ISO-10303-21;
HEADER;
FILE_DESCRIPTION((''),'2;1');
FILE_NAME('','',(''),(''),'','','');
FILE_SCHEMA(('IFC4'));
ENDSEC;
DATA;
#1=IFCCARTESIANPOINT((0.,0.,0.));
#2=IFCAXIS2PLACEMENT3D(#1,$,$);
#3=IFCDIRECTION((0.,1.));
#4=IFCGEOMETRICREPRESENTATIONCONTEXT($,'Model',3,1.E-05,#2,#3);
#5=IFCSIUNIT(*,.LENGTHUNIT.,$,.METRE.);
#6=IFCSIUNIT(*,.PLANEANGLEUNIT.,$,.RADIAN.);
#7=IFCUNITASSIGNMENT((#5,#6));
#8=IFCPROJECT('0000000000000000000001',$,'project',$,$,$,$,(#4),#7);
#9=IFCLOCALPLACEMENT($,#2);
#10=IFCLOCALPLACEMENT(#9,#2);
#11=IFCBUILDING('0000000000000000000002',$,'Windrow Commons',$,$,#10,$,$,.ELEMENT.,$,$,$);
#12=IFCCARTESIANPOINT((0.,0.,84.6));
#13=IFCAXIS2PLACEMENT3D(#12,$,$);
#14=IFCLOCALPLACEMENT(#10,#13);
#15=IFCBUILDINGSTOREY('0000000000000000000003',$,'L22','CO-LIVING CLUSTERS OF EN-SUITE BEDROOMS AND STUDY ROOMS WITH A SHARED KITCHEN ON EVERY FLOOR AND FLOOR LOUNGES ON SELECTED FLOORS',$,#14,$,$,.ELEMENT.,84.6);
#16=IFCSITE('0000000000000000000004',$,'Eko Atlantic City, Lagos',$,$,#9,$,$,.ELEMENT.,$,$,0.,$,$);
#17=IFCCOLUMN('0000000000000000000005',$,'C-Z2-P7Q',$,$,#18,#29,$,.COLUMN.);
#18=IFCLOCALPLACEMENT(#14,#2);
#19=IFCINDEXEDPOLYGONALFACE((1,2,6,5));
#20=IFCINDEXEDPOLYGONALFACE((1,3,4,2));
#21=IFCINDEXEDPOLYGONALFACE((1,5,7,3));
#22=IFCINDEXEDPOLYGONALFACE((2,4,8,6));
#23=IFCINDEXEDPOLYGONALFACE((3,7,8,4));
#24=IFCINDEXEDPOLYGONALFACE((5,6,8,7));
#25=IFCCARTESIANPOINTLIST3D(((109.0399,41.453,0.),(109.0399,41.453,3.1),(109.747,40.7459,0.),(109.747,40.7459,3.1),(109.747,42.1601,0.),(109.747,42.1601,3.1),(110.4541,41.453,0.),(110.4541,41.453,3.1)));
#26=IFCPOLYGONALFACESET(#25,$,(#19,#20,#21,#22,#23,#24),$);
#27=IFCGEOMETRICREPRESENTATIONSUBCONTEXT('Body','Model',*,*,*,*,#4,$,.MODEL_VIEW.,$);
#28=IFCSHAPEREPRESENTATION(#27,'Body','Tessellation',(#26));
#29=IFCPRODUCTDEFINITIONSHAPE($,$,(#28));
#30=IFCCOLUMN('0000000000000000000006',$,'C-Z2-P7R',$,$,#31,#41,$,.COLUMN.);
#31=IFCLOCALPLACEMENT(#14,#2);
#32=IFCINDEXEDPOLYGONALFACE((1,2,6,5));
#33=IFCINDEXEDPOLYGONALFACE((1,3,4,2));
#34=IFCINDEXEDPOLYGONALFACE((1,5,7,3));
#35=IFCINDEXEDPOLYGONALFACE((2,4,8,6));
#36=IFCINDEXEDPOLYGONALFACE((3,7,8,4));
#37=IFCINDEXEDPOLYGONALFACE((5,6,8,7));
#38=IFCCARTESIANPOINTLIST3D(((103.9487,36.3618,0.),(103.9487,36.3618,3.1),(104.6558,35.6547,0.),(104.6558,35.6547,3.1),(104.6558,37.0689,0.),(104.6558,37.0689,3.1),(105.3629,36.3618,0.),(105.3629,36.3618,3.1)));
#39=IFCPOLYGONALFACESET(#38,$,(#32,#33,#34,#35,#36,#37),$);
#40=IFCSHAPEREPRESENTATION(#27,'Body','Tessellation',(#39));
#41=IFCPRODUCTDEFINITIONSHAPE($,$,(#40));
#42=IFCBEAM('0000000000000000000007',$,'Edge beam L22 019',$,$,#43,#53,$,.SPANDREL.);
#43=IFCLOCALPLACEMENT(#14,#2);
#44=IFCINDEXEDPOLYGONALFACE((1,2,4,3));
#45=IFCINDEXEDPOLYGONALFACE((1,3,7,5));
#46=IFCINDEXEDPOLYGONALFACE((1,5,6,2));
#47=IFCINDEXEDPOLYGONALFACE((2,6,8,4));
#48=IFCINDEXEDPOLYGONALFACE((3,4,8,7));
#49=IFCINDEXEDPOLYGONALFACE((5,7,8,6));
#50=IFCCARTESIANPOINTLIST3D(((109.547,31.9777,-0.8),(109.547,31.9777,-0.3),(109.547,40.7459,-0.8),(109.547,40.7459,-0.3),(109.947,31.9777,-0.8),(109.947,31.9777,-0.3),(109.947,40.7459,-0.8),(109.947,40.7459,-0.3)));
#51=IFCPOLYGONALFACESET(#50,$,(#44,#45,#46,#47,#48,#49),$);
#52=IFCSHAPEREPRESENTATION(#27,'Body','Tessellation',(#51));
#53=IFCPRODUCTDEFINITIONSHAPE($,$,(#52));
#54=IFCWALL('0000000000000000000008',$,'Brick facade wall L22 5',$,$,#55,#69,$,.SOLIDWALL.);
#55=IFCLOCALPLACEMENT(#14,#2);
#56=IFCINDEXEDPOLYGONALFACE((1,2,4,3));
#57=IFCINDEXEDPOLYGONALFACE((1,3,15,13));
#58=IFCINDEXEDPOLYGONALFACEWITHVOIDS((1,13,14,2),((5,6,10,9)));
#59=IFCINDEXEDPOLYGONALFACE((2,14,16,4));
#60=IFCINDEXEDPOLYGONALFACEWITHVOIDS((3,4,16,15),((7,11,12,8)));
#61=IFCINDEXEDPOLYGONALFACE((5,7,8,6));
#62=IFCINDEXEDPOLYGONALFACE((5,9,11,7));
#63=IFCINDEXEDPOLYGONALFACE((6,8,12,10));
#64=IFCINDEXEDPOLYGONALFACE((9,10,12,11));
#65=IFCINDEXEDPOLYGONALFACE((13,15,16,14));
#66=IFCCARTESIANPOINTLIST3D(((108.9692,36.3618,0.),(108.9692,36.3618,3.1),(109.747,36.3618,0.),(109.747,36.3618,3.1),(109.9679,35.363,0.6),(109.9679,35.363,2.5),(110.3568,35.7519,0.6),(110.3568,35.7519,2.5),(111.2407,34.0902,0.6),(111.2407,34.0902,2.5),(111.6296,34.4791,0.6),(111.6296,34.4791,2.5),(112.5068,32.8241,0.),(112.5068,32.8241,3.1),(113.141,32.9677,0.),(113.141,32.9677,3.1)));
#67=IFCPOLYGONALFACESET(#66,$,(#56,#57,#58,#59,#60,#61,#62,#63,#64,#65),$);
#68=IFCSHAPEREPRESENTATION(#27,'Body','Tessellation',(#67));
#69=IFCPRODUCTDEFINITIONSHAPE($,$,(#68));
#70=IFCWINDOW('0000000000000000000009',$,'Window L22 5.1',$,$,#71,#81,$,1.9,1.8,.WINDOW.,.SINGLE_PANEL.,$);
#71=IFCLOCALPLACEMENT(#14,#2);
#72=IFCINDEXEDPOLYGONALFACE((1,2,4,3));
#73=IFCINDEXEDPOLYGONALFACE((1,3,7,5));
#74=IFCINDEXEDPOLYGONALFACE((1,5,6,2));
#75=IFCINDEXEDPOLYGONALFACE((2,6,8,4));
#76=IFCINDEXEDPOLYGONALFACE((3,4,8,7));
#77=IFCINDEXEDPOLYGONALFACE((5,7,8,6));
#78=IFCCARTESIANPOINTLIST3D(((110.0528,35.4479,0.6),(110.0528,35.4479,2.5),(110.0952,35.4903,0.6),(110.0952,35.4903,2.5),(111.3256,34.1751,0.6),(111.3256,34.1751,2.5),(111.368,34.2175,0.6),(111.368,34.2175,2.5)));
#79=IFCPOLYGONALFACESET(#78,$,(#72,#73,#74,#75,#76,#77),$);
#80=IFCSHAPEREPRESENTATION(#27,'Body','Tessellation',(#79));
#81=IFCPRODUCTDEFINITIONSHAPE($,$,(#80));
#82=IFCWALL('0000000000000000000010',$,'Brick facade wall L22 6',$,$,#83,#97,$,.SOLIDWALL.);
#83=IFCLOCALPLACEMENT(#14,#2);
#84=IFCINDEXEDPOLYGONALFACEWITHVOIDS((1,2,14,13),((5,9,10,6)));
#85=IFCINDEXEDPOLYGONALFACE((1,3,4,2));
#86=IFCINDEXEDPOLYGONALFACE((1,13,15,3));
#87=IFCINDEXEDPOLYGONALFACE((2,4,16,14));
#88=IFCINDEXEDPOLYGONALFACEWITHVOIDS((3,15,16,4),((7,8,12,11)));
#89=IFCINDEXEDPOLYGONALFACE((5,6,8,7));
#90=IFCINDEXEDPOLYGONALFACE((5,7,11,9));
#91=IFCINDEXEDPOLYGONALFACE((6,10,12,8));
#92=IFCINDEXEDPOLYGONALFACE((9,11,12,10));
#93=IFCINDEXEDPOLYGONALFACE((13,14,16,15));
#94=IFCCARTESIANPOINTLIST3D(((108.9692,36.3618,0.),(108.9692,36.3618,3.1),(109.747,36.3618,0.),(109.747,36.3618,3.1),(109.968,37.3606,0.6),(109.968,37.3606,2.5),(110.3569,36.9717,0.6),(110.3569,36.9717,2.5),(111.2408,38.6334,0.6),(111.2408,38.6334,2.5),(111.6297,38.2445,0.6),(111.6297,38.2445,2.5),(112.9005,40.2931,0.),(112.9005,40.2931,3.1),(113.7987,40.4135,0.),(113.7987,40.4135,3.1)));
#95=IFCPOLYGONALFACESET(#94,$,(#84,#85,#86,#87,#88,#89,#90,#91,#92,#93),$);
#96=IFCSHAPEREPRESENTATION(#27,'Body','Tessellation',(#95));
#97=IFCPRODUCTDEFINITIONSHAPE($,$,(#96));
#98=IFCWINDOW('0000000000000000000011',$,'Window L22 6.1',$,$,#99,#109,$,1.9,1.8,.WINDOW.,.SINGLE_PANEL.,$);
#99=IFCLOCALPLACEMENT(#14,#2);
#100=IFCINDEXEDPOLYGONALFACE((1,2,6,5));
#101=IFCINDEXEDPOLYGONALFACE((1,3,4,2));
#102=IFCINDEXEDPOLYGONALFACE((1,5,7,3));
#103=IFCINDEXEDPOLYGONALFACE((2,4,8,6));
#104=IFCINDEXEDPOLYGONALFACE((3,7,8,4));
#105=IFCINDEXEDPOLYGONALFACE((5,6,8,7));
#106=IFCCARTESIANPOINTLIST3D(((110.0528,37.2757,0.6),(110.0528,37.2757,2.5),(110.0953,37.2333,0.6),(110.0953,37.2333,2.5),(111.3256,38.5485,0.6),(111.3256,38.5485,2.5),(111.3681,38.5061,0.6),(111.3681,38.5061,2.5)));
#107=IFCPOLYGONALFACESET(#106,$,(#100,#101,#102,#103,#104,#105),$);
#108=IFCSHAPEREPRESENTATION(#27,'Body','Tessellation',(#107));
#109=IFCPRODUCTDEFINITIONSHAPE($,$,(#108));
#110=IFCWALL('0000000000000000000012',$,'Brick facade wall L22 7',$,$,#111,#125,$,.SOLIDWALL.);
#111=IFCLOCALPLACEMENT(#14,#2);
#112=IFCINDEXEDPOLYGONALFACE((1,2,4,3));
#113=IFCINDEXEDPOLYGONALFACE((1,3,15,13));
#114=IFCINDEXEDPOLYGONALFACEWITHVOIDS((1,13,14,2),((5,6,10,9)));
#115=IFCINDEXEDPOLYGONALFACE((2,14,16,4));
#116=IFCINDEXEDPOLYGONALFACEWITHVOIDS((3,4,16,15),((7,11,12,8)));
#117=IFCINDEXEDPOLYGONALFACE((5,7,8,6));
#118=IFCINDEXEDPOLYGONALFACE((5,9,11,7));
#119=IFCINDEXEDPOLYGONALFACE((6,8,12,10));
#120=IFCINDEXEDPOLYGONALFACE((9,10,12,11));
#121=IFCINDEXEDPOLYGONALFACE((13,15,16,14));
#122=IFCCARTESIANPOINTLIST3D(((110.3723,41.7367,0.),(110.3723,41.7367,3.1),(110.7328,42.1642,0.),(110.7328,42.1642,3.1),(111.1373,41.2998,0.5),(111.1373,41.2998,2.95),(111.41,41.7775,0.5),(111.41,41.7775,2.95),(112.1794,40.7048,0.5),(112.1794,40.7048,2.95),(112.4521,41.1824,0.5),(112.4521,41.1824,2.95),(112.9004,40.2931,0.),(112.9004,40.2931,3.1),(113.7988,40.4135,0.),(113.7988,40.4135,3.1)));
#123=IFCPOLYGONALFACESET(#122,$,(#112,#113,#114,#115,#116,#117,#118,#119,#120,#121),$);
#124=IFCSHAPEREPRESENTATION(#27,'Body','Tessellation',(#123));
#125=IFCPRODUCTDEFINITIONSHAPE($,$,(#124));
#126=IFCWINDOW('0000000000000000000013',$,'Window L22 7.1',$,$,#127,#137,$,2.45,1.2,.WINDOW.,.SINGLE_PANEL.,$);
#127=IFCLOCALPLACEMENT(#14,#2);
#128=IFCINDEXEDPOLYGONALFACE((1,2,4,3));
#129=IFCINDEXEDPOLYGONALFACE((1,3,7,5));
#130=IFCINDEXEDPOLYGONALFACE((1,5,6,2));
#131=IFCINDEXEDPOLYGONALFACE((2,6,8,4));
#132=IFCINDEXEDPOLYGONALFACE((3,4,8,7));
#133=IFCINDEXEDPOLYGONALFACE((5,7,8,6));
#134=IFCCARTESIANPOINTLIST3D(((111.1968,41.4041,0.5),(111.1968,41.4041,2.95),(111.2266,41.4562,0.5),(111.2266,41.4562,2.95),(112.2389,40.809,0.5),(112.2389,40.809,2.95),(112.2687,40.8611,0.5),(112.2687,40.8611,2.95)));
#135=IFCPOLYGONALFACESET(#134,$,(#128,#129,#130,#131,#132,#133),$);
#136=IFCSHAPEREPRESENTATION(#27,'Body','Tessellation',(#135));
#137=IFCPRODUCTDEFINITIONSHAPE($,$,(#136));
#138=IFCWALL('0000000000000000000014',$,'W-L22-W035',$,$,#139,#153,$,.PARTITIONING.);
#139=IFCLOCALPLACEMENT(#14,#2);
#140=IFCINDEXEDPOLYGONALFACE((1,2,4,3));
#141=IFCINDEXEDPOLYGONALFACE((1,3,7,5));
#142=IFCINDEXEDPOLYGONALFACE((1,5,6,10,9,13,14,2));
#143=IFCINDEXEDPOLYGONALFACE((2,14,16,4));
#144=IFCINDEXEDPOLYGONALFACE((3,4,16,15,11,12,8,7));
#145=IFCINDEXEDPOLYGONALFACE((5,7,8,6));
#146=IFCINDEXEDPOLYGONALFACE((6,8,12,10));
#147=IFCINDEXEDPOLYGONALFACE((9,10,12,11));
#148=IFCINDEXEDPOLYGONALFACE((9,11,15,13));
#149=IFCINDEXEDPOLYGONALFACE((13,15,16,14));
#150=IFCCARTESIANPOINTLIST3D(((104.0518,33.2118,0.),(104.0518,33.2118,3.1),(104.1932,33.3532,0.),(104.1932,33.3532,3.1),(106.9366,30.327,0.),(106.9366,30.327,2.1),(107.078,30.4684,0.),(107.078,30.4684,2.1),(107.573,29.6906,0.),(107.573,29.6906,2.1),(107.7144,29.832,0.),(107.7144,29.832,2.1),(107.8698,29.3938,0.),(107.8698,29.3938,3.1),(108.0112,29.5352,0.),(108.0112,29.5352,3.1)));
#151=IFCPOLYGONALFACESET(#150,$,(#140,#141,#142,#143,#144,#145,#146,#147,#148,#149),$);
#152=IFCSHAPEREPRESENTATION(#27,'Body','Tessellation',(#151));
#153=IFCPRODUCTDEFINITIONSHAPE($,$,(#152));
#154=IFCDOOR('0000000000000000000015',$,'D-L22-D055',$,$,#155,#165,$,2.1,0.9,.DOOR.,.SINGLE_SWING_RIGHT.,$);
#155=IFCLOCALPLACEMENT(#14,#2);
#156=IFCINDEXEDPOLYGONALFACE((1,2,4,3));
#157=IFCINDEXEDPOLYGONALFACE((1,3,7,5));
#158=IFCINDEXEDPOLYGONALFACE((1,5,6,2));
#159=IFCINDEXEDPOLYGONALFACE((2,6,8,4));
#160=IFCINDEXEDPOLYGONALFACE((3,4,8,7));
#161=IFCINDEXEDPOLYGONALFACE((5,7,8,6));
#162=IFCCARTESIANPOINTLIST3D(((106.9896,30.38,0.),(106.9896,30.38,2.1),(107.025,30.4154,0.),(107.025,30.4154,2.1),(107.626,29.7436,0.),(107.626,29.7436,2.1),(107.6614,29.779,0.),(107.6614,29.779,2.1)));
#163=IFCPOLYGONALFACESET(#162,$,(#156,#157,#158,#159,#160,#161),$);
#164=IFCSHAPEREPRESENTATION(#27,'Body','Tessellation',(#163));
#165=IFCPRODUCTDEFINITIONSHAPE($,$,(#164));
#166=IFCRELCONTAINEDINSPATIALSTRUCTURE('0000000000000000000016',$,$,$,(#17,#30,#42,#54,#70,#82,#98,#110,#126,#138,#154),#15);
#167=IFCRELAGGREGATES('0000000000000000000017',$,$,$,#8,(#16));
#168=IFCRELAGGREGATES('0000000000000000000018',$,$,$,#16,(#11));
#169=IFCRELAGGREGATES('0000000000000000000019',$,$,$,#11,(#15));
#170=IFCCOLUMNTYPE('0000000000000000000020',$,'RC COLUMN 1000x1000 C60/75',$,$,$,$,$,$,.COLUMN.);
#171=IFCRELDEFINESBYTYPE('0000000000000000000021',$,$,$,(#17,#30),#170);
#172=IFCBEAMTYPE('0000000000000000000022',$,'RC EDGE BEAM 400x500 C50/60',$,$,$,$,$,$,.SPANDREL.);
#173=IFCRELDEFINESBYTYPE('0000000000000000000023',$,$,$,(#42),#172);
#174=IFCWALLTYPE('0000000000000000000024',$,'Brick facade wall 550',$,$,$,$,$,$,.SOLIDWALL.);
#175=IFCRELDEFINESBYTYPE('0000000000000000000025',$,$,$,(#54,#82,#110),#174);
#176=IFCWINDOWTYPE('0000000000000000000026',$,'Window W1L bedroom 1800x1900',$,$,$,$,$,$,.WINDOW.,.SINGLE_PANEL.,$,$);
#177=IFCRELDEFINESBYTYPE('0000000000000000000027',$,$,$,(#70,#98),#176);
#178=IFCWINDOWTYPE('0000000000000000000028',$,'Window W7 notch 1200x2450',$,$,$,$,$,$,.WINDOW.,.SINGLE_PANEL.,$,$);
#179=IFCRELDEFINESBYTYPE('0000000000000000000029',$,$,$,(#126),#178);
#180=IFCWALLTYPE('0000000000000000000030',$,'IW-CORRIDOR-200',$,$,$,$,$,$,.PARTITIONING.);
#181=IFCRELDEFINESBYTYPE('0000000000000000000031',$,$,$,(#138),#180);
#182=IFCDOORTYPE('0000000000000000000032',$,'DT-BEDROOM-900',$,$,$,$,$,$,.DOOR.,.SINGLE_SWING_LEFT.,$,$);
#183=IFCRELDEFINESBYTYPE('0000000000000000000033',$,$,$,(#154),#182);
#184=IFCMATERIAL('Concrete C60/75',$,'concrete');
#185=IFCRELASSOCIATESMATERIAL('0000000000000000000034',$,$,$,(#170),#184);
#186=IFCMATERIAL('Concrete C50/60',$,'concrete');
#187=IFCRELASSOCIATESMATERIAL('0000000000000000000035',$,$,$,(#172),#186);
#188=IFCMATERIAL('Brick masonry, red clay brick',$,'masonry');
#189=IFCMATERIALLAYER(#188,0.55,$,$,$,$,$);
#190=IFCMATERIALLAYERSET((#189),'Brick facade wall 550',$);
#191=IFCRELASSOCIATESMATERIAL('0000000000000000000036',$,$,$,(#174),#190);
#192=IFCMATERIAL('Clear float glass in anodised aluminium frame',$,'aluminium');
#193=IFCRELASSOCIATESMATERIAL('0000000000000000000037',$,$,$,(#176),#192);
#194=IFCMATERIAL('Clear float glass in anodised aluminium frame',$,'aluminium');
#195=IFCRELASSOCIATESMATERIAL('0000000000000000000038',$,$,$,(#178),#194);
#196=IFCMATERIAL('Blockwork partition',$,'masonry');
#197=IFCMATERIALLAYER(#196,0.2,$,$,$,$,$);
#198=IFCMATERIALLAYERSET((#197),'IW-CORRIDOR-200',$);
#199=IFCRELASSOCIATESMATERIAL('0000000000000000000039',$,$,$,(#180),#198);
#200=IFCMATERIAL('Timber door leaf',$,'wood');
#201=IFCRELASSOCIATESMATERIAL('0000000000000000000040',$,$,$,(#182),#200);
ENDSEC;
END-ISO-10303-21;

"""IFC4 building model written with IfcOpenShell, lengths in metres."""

from ifc_helpers import new_model, si_unit, direction, frame, frame_2d, origin, origin_2d, place, context, subcontext, project, spatial, polyline, rectangle, outline, extrude, material, layer, layer_set, material_profile, profile_set, type_object, element, fill, save


model = new_model("IFC4")

# Units and contexts
model_context = context("Model", 3, precision=1e-05, world=origin(), true_north=direction((0.0, 1.0)))
body_context = subcontext(model_context, "Body", "Model", "MODEL_VIEW")
ifc_project = project(units=[si_unit("LENGTHUNIT", "METRE"), si_unit("PLANEANGLEUNIT", "RADIAN")], contexts=[model_context])

# Site, building, storey
site_placement = place(None, origin())
site = spatial("IfcSite", under=ifc_project, at=site_placement, Name="Eko Atlantic City, Lagos", CompositionType="ELEMENT", RefElevation=0.0)
building_placement = place(site_placement, origin())
building = spatial("IfcBuilding", under=site, at=building_placement, Name="Windrow Commons", CompositionType="ELEMENT")
storey_placement = place(building_placement, frame((0.0, 0.0, 84.6)))
storey = spatial("IfcBuildingStorey", under=building, at=storey_placement, Name="L22", Description="CO-LIVING CLUSTERS OF EN-SUITE BEDROOMS AND STUDY ROOMS WITH A SHARED KITCHEN ON EVERY FLOOR AND FLOOR LOUNGES ON SELECTED FLOORS", CompositionType="ELEMENT", Elevation=84.6)

# Columns
ifc_material_1 = material(Name="Concrete C60/75", Category="concrete")
ifc_material_profile_1 = material_profile(ifc_material_1, rectangle(XDim=1.0, YDim=1.0, at=origin_2d()))
ifc_profile_set_1 = profile_set([ifc_material_profile_1], Name="Concrete C60/75")
column_type = type_object("IfcColumnType", Name="RC COLUMN 1000x1000 C60/75", PredefinedType="COLUMN", material=ifc_profile_set_1)
for number, where, z_axis, x_axis, name in (
    (1, (109.747, 41.453, 0.0), (0.0, 0.0, 1.0), (0.707107, -0.707107, 0.0), "C-Z2-P7Q"),
    (2, (104.6558, 36.3618, 0.0), (0.0, 0.0, 1.0), (0.707107, -0.707107, 0.0), "C-Z2-P7R"),
):
    element("IfcColumn", number, at=place(storey_placement, frame(where, z_axis=z_axis, x_axis=x_axis)), inside=storey, type_object=column_type, Name=name, PredefinedType="COLUMN", context=body_context, shape_type="SweptSolid", body=[
        extrude(rectangle(XDim=1.0, YDim=1.0, at=origin_2d()), origin(), (0.0, 0.0, 1.0), 3.1),
    ])

# Beam
ifc_material_2 = material(Name="Concrete C50/60", Category="concrete")
ifc_material_profile_2 = material_profile(ifc_material_2, rectangle(XDim=0.4, YDim=0.5, at=origin_2d()))
ifc_profile_set_2 = profile_set([ifc_material_profile_2], Name="Concrete C50/60")
beam_type = type_object("IfcBeamType", Name="RC EDGE BEAM 400x500 C50/60", PredefinedType="SPANDREL", material=ifc_profile_set_2)
beam_placement = place(storey_placement, frame((109.747, 40.7459, -0.55), z_axis=(0.0, -1.0, 0.0), x_axis=(1.0, 0.0, 0.0)))
element("IfcBeam", 3, at=beam_placement, inside=storey, type_object=beam_type, Name="Edge beam L22 019", PredefinedType="SPANDREL", context=body_context, shape_type="SweptSolid", body=[
    extrude(rectangle(XDim=0.4, YDim=0.5, at=origin_2d()), origin(), (0.0, 0.0, 1.0), 8.7682),
])

# Walls, openings, windows
ifc_material_3 = material(Name="Brick masonry, red clay brick", Category="masonry")
ifc_layer_1 = layer(ifc_material_3, 0.55)
ifc_layer_set_1 = layer_set([ifc_layer_1], Name="Brick facade wall 550")
wall_type_1 = type_object("IfcWallType", Name="Brick facade wall 550", PredefinedType="SOLIDWALL", material=ifc_layer_set_1)
wall_1_placement = place(storey_placement, frame((112.8239, 32.8959, 0.0), z_axis=(0.0, 0.0, 1.0), x_axis=(-0.707097, 0.707117, 0.0)))
wall_1 = element("IfcWall", 4, at=wall_1_placement, inside=storey, type_object=wall_type_1, Name="Brick facade wall L22 5", PredefinedType="SOLIDWALL", context=body_context, shape_type="SweptSolid", body=[
    extrude(outline(polyline([(-0.1735, -0.275), (4.6265, -0.275), (5.1765, 0.275), (0.1735, 0.275), (-0.1735, -0.275)])), origin(), (0.0, 0.0, 1.0), 3.1),
])
opening_1_placement = place(wall_1_placement, frame((1.964, 0.0, 0.6)))
opening_1 = element("IfcOpeningElement", 5, at=opening_1_placement, cuts=wall_1, PredefinedType="OPENING", context=body_context, shape_type="SweptSolid", body=[
    extrude(rectangle(XDim=1.8, YDim=1.9, at=frame_2d((0.9, 0.95))), frame((0.0, 0.285, 0.0), z_axis=(0.0, -1.0, 0.0), x_axis=(1.0, 0.0, 0.0)), (0.0, 0.0, 1.0), 0.57),
])
ifc_material_4 = material(Name="Clear float glass in anodised aluminium frame", Category="aluminium")
window_type_1 = type_object("IfcWindowType", Name="Window W1L bedroom 1800x1900", PartitioningType="SINGLE_PANEL", PredefinedType="WINDOW", material=ifc_material_4)
window_1_placement = place(opening_1_placement, origin())
window_1 = element("IfcWindow", 6, at=window_1_placement, inside=storey, type_object=window_type_1, Name="Window L22 5.1", OverallHeight=1.9, OverallWidth=1.8, PartitioningType="SINGLE_PANEL", PredefinedType="WINDOW", context=body_context, shape_type="SweptSolid", body=[
    extrude(rectangle(XDim=1.8, YDim=1.9, at=frame_2d((0.9, 0.95))), frame((0.0, 0.155, 0.0), z_axis=(0.0, -1.0, 0.0), x_axis=(1.0, 0.0, 0.0)), (0.0, 0.0, 1.0), 0.06),
])
fill(opening_1, window_1)
wall_2_placement = place(storey_placement, frame((109.3581, 36.3618, 0.0), z_axis=(0.0, 0.0, 1.0), x_axis=(0.707107, 0.707107, 0.0)))
wall_2 = element("IfcWall", 7, at=wall_2_placement, inside=storey, type_object=wall_type_1, Name="Brick facade wall L22 6", PredefinedType="SOLIDWALL", context=body_context, shape_type="SweptSolid", body=[
    extrude(outline(polyline([(0.275, -0.275), (6.005, -0.275), (5.2847, 0.275), (-0.275, 0.275), (0.275, -0.275)])), origin(), (0.0, 0.0, 1.0), 3.1),
])
opening_2_placement = place(wall_2_placement, frame((1.1375, 0.0, 0.6)))
opening_2 = element("IfcOpeningElement", 8, at=opening_2_placement, cuts=wall_2, PredefinedType="OPENING", context=body_context, shape_type="SweptSolid", body=[
    extrude(rectangle(XDim=1.8, YDim=1.9, at=frame_2d((0.9, 0.95))), frame((0.0, 0.285, 0.0), z_axis=(0.0, -1.0, 0.0), x_axis=(1.0, 0.0, 0.0)), (0.0, 0.0, 1.0), 0.57),
])
window_2_placement = place(opening_2_placement, origin())
window_2 = element("IfcWindow", 9, at=window_2_placement, inside=storey, type_object=window_type_1, Name="Window L22 6.1", OverallHeight=1.9, OverallWidth=1.8, PartitioningType="SINGLE_PANEL", PredefinedType="WINDOW", context=body_context, shape_type="SweptSolid", body=[
    extrude(rectangle(XDim=1.8, YDim=1.9, at=frame_2d((0.9, 0.95))), frame((0.0, 0.155, 0.0), z_axis=(0.0, -1.0, 0.0), x_axis=(1.0, 0.0, 0.0)), (0.0, 0.0, 1.0), 0.06),
])
fill(opening_2, window_2)
wall_3_placement = place(storey_placement, frame((113.3496, 40.3533, 0.0), z_axis=(0.0, 0.0, 1.0), x_axis=(-0.868402, 0.495861, 0.0)))
wall_3 = element("IfcWall", 10, at=wall_3_placement, inside=storey, type_object=wall_type_1, Name="Brick facade wall L22 7", PredefinedType="SOLIDWALL", context=body_context, shape_type="SweptSolid", body=[
    extrude(outline(polyline([(-0.3602, -0.275), (3.1704, -0.275), (3.2714, 0.275), (0.3602, 0.275), (-0.3602, -0.275)])), origin(), (0.0, 0.0, 1.0), 3.1),
])
opening_3_placement = place(wall_3_placement, frame((1.1905, 0.0, 0.5)))
opening_3 = element("IfcOpeningElement", 11, at=opening_3_placement, cuts=wall_3, PredefinedType="OPENING", context=body_context, shape_type="SweptSolid", body=[
    extrude(rectangle(XDim=1.2, YDim=2.45, at=frame_2d((0.6, 1.225))), frame((0.0, 0.285, 0.0), z_axis=(0.0, -1.0, 0.0), x_axis=(1.0, 0.0, 0.0)), (0.0, 0.0, 1.0), 0.57),
])
ifc_material_5 = material(Name="Clear float glass in anodised aluminium frame", Category="aluminium")
window_type_2 = type_object("IfcWindowType", Name="Window W7 notch 1200x2450", PartitioningType="SINGLE_PANEL", PredefinedType="WINDOW", material=ifc_material_5)
window_3_placement = place(opening_3_placement, origin())
window_3 = element("IfcWindow", 12, at=window_3_placement, inside=storey, type_object=window_type_2, Name="Window L22 7.1", OverallHeight=2.45, OverallWidth=1.2, PartitioningType="SINGLE_PANEL", PredefinedType="WINDOW", context=body_context, shape_type="SweptSolid", body=[
    extrude(rectangle(XDim=1.2, YDim=2.45, at=frame_2d((0.6, 1.225))), frame((0.0, 0.155, 0.0), z_axis=(0.0, -1.0, 0.0), x_axis=(1.0, 0.0, 0.0)), (0.0, 0.0, 1.0), 0.06),
])
fill(opening_3, window_3)

# Wall, opening, door
ifc_material_6 = material(Name="Blockwork partition", Category="masonry")
ifc_layer_2 = layer(ifc_material_6, 0.2)
ifc_layer_set_2 = layer_set([ifc_layer_2], Name="IW-CORRIDOR-200")
wall_type_2 = type_object("IfcWallType", Name="IW-CORRIDOR-200", PredefinedType="PARTITIONING", material=ifc_layer_set_2)
wall_4_placement = place(storey_placement, frame((104.1225, 33.2825, 0.0), z_axis=(0.0, 0.0, 1.0), x_axis=(0.707107, -0.707107, 0.0)))
wall_4 = element("IfcWall", 13, at=wall_4_placement, inside=storey, type_object=wall_type_2, Name="W-L22-W035", PredefinedType="PARTITIONING", context=body_context, shape_type="SweptSolid", body=[
    extrude(rectangle(XDim=5.3995, YDim=0.2, at=frame_2d((2.6997, 0.0))), origin(), (0.0, 0.0, 1.0), 3.1),
])
opening_4_placement = place(wall_4_placement, frame((4.0797, 0.0, 0.0)))
opening_4 = element("IfcOpeningElement", 14, at=opening_4_placement, cuts=wall_4, PredefinedType="OPENING", context=body_context, shape_type="SweptSolid", body=[
    extrude(rectangle(XDim=0.9, YDim=2.1, at=frame_2d((0.45, 1.05))), frame((0.0, 0.11, 0.0), z_axis=(0.0, -1.0, 0.0), x_axis=(1.0, 0.0, 0.0)), (0.0, 0.0, 1.0), 0.22),
])
ifc_material_7 = material(Name="Timber door leaf", Category="wood")
door_type_1 = type_object("IfcDoorType", Name="DT-BEDROOM-900", OperationType="SINGLE_SWING_LEFT", PredefinedType="DOOR", material=ifc_material_7)
door_1_placement = place(opening_4_placement, origin())
door_1 = element("IfcDoor", 15, at=door_1_placement, inside=storey, type_object=door_type_1, Name="D-L22-D055", OperationType="SINGLE_SWING_RIGHT", OverallHeight=2.1, OverallWidth=0.9, PredefinedType="DOOR", context=body_context, shape_type="SweptSolid", body=[
    extrude(rectangle(XDim=0.9, YDim=2.1, at=frame_2d((0.45, 1.05))), frame((0.0, 0.025, 0.0), z_axis=(0.0, -1.0, 0.0), x_axis=(1.0, 0.0, 0.0)), (0.0, 0.0, 1.0), 0.05),
])
fill(opening_4, door_1)

save(model, "model.ifc")
